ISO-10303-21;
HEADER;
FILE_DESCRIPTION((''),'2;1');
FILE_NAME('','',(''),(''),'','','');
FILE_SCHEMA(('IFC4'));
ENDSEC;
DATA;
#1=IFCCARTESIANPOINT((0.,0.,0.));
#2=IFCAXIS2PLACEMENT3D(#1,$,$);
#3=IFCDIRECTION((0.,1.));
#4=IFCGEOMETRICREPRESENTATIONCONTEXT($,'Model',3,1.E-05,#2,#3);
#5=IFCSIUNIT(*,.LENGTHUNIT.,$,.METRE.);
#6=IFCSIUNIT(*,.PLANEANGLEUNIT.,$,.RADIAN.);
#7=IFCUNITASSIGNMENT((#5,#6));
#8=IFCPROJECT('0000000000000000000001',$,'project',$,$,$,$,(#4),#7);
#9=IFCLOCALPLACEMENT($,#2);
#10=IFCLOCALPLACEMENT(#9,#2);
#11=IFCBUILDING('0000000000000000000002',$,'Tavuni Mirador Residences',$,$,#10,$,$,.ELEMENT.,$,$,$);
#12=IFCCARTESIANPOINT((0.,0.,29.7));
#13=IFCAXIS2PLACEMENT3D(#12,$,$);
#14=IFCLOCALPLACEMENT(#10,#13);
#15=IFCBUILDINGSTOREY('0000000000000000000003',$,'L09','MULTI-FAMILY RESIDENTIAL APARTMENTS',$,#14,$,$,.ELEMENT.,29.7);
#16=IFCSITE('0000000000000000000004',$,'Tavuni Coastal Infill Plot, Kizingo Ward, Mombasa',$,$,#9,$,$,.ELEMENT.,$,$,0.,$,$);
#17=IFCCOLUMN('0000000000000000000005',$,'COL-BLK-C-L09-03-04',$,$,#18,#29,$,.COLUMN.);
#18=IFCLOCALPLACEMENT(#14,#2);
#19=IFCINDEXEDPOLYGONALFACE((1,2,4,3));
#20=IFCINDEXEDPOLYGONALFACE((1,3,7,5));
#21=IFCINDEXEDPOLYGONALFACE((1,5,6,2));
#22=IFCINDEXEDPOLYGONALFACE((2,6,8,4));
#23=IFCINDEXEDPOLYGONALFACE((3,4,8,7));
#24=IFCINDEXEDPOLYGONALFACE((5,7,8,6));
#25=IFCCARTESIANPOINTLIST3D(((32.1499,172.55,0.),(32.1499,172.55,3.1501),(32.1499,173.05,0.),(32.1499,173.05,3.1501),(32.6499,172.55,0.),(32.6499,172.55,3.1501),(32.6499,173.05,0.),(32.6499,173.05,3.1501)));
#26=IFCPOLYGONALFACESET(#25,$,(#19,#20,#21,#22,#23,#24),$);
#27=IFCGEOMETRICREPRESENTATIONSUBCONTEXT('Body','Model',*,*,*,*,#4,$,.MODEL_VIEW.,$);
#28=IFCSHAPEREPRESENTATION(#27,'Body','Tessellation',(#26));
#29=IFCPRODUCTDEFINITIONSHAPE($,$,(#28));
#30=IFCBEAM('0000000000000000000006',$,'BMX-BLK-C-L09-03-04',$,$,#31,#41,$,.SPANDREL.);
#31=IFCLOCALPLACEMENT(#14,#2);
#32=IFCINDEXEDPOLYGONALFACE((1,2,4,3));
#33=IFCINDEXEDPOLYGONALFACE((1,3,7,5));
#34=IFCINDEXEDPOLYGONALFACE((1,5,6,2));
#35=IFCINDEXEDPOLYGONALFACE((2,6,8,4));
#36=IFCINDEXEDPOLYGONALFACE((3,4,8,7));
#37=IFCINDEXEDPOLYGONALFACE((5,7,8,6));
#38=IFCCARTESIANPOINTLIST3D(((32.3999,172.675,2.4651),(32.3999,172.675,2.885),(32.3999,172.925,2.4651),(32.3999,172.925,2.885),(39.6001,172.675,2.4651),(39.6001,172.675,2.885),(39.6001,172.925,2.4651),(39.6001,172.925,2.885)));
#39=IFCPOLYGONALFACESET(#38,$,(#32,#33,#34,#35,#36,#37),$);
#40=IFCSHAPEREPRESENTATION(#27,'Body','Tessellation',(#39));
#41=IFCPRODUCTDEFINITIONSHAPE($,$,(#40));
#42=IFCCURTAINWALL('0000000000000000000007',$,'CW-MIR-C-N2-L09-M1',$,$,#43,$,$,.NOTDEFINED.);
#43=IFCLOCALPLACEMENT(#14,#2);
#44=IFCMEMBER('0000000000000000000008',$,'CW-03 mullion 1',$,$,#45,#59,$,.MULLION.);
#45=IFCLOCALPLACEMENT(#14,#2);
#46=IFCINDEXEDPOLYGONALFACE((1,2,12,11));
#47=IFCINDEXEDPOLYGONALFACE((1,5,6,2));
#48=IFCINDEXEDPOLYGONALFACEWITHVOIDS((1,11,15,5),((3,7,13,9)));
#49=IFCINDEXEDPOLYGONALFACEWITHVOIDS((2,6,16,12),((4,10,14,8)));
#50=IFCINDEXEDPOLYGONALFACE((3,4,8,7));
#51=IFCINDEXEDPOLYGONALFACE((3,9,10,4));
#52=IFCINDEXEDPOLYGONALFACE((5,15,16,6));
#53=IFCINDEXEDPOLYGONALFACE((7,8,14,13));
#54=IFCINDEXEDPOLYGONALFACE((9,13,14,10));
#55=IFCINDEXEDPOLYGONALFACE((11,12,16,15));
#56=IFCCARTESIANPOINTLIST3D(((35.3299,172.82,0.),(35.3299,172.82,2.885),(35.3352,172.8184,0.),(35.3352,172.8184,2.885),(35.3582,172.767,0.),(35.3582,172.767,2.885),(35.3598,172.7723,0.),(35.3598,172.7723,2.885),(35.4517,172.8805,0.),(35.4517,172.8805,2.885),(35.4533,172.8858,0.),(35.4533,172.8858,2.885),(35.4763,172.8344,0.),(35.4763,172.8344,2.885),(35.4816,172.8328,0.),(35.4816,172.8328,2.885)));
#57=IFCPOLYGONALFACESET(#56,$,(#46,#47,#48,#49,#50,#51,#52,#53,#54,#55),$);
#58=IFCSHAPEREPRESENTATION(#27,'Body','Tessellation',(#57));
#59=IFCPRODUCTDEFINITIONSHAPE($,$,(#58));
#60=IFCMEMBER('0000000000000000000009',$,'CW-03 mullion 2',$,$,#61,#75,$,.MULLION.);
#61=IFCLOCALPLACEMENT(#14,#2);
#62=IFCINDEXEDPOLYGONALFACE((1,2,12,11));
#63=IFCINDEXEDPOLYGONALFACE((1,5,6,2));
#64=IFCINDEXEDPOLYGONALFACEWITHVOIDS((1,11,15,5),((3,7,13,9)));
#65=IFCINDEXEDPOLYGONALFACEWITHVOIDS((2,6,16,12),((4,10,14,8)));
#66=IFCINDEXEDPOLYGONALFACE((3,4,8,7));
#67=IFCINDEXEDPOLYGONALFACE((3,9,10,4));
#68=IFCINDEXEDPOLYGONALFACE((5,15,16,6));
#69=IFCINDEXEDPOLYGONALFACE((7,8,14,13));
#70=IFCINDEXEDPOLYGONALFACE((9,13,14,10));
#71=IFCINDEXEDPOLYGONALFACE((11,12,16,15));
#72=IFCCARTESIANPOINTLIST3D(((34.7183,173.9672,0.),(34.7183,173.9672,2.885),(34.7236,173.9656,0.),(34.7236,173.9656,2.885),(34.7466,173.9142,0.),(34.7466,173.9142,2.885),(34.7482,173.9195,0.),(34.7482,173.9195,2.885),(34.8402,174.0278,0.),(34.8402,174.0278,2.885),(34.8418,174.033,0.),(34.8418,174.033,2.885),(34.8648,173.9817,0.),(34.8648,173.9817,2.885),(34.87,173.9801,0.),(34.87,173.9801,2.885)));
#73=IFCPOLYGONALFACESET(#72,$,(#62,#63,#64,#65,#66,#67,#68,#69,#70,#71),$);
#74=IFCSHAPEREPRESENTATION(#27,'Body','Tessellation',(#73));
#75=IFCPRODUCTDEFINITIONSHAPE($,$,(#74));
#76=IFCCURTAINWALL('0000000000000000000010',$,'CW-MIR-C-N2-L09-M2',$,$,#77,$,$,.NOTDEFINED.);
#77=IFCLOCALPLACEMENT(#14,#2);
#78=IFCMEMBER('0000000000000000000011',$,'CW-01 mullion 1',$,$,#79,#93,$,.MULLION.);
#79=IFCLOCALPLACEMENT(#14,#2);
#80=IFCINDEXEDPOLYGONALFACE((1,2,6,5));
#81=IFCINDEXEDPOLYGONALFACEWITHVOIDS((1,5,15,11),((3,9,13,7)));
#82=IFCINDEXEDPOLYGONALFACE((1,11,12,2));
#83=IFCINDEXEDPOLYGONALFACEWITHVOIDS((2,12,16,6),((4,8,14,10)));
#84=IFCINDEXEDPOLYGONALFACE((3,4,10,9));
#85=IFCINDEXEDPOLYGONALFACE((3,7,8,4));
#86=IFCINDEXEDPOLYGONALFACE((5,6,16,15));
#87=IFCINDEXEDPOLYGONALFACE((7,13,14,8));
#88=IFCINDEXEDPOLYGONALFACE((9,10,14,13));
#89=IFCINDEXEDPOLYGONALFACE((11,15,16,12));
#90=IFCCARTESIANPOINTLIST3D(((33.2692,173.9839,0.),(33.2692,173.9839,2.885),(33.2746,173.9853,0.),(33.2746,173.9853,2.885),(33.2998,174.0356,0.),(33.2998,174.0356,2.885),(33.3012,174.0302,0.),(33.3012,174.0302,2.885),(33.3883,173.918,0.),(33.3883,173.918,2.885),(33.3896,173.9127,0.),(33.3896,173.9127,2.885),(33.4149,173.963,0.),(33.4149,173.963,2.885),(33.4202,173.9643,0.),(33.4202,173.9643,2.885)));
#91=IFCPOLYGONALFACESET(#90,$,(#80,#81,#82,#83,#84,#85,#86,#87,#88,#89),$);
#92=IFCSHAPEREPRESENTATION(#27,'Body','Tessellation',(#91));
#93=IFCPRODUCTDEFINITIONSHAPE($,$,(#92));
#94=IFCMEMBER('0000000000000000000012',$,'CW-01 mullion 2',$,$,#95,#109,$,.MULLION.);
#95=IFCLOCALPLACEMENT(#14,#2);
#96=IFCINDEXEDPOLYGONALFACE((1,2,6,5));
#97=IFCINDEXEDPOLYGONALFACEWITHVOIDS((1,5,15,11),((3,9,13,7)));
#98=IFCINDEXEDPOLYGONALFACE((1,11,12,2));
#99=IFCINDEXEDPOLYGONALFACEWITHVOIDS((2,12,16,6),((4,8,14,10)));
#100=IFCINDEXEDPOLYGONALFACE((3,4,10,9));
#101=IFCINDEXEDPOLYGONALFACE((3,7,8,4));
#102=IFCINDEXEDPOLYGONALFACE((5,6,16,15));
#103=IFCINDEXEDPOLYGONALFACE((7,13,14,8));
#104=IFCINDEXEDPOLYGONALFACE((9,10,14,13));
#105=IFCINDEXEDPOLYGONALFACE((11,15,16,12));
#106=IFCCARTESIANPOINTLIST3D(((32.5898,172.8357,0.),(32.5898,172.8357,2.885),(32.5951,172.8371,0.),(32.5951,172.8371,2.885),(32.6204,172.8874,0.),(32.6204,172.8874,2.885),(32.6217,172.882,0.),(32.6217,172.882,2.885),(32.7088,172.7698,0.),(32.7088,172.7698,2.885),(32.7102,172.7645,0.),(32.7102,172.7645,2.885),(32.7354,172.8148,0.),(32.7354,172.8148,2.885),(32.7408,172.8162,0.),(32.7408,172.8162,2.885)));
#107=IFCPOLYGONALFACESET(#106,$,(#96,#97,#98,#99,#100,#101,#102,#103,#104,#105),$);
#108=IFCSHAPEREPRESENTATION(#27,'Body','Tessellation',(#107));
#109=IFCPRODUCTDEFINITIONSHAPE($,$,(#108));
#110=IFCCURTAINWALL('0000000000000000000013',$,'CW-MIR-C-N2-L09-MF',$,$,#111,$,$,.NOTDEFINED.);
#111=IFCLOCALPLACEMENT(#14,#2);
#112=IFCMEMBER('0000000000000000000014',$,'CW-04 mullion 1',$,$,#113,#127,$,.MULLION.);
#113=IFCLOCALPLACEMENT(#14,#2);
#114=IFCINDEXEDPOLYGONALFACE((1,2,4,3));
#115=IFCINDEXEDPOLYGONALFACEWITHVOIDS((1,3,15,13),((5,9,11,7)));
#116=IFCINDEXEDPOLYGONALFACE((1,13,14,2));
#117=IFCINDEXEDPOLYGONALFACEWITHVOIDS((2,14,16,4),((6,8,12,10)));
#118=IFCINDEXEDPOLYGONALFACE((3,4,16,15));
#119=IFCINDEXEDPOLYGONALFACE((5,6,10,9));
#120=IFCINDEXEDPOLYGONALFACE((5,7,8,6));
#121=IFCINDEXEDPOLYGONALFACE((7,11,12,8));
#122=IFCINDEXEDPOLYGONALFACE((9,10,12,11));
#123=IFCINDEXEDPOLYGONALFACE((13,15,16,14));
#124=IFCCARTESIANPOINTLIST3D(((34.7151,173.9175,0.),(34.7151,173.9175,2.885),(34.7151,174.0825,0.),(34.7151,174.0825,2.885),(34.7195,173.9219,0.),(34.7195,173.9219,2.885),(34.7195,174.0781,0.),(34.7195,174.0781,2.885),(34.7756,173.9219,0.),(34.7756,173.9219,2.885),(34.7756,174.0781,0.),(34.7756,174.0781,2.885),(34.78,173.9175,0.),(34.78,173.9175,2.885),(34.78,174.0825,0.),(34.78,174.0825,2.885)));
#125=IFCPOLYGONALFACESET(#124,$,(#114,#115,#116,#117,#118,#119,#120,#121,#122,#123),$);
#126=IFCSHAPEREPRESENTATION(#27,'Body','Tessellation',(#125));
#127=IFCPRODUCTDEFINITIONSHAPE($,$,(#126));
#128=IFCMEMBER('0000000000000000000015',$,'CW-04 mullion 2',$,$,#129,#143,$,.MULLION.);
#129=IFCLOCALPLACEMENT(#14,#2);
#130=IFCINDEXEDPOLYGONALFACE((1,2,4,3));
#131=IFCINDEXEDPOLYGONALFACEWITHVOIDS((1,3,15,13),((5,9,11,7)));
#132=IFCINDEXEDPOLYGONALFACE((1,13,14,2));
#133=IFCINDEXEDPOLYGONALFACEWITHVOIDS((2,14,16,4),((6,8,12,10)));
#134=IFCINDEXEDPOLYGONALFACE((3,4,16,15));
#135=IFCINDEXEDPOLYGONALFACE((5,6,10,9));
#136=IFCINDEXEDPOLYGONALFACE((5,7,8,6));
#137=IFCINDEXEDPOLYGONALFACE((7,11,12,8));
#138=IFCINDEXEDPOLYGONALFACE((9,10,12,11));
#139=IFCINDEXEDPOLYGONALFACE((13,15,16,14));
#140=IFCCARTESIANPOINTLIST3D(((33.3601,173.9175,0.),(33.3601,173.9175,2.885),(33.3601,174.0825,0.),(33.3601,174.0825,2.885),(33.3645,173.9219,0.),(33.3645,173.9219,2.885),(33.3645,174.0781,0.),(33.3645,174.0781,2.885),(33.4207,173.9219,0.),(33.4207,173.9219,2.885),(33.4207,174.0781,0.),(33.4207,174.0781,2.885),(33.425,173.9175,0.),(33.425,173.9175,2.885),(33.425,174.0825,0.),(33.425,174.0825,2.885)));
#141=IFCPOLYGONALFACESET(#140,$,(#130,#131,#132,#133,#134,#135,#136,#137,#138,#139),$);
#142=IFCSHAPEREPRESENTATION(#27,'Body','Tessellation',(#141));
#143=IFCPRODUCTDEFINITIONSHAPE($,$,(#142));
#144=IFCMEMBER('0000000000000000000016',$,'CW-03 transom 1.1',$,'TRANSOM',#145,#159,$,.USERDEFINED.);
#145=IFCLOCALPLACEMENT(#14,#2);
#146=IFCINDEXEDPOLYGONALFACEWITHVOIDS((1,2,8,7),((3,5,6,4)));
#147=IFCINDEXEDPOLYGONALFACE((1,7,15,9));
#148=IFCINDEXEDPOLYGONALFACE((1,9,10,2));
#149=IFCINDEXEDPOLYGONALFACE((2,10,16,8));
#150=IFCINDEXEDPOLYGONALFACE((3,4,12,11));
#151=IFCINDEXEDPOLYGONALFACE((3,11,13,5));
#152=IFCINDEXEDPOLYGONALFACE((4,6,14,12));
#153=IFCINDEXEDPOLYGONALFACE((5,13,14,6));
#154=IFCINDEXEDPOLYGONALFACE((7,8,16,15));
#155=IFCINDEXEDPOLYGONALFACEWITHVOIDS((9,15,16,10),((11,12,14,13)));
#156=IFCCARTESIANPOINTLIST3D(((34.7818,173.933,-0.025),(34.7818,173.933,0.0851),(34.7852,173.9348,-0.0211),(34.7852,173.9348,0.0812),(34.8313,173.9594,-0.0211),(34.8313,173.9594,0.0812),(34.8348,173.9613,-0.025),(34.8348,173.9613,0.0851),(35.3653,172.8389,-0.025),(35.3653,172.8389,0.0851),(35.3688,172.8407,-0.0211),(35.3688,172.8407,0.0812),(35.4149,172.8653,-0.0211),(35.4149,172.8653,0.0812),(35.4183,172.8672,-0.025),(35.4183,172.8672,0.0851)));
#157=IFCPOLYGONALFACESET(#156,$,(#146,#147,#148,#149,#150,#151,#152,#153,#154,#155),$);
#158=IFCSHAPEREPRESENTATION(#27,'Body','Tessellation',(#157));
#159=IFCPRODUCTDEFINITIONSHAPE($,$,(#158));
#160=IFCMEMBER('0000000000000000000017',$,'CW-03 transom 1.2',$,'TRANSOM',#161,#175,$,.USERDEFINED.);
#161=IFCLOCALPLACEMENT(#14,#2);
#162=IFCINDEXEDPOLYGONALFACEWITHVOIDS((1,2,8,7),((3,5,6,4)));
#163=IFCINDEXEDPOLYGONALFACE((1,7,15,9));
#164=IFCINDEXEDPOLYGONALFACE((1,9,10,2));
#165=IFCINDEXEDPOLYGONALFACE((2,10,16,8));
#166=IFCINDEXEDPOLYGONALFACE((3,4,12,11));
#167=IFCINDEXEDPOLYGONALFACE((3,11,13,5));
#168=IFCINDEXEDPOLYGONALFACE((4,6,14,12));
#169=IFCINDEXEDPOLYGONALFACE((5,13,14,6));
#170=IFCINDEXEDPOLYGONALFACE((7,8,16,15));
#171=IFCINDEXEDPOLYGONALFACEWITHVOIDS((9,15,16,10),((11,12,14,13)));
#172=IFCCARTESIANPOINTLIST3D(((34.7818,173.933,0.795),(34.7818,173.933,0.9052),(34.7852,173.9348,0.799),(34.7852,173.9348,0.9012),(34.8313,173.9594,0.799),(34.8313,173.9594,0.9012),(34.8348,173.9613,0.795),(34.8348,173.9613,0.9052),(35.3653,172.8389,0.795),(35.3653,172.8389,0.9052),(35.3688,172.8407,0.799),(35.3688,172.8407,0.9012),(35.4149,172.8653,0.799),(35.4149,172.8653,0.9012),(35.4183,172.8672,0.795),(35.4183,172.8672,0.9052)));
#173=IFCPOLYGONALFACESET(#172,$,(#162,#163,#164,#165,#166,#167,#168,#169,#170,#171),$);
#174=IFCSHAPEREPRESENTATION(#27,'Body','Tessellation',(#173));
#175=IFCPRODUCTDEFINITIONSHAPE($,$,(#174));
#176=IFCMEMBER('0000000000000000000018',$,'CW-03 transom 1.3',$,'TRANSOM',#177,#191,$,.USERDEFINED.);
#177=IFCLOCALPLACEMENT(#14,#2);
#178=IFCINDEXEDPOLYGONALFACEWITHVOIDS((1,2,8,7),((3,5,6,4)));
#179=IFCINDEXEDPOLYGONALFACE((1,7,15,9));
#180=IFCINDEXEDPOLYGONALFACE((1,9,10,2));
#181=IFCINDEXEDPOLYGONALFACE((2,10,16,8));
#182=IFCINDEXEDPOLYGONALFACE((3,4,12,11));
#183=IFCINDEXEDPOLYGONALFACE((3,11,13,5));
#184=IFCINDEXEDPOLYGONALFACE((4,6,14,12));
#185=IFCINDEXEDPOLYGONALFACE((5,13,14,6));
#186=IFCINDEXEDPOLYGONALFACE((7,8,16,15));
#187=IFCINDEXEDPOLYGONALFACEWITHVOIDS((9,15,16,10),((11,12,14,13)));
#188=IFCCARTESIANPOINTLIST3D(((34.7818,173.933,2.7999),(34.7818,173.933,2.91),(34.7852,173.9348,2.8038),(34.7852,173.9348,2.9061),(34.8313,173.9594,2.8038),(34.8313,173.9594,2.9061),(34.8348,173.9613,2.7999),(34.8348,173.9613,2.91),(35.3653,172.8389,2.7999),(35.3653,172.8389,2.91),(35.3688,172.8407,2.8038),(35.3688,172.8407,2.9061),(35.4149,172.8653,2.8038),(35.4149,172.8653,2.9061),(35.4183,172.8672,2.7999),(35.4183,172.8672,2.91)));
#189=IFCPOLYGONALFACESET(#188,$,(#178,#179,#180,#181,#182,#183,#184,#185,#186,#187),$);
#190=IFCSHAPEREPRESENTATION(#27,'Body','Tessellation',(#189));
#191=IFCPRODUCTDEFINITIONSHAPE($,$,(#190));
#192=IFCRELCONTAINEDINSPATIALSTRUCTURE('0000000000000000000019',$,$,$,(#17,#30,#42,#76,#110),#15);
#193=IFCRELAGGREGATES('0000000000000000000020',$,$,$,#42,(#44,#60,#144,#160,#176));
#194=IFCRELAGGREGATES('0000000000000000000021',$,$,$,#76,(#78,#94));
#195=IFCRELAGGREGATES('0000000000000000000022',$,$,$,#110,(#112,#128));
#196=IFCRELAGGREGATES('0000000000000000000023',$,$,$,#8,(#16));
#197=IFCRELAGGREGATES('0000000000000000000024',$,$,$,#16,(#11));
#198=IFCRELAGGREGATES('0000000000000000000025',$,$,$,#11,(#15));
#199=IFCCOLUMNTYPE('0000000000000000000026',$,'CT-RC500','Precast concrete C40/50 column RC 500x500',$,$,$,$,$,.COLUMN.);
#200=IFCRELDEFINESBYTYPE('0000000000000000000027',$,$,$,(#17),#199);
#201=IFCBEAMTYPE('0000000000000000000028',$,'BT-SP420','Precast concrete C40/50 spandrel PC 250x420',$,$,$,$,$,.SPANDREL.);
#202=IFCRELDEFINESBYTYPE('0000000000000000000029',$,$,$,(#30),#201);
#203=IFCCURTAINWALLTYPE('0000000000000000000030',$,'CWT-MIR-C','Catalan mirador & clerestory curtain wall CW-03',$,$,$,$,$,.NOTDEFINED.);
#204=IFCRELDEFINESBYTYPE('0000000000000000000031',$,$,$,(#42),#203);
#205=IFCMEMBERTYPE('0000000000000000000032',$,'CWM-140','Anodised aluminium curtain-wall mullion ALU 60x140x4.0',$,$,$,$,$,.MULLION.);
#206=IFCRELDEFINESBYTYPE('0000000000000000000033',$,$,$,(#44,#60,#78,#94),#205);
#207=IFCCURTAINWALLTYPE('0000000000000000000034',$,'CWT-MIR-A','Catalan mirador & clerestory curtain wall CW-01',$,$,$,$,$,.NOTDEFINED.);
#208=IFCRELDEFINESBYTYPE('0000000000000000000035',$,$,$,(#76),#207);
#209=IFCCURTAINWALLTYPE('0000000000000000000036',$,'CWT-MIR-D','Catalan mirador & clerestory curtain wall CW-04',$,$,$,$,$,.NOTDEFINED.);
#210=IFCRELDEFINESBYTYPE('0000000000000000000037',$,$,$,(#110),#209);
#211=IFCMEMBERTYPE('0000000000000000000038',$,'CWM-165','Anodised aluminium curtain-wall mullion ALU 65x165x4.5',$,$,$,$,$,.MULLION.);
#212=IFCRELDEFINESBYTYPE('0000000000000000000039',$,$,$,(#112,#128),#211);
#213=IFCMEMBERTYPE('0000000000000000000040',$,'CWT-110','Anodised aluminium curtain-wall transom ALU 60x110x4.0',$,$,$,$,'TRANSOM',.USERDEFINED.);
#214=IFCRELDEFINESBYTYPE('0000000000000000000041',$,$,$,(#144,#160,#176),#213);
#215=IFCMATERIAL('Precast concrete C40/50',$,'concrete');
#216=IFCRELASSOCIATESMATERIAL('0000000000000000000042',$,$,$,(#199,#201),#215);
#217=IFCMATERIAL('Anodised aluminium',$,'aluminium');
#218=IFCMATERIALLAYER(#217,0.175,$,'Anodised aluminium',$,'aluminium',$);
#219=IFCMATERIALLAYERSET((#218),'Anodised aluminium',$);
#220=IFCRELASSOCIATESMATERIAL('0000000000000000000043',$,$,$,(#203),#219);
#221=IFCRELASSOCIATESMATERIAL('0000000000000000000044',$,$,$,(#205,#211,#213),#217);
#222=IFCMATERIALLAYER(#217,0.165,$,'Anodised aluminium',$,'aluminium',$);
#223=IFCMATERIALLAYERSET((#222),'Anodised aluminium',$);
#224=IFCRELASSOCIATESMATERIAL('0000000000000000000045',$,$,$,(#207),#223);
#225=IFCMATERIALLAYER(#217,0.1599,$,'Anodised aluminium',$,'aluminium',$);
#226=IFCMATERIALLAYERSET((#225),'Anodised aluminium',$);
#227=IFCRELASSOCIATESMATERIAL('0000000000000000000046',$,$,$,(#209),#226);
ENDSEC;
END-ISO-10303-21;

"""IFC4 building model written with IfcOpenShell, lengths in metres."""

from ifc_helpers import new_model, si_unit, direction, frame, origin, origin_2d, place, context, subcontext, project, spatial, rectangle, hollow_rectangle, extrude, material, layer, layer_set, material_profile, profile_set, type_object, element, aggregate, save


model = new_model("IFC4")

# Units and contexts
model_context = context("Model", 3, precision=1e-05, world=origin(), true_north=direction((0.0, 1.0)))
body_context = subcontext(model_context, "Body", "Model", "MODEL_VIEW")
ifc_project = project(units=[si_unit("LENGTHUNIT", "METRE"), si_unit("PLANEANGLEUNIT", "RADIAN")], contexts=[model_context])

# Site, building, storey
site_placement = place(None, origin())
site = spatial("IfcSite", under=ifc_project, at=site_placement, Name="Tavuni Coastal Infill Plot, Kizingo Ward, Mombasa", CompositionType="ELEMENT", RefElevation=0.0)
building_placement = place(site_placement, origin())
building = spatial("IfcBuilding", under=site, at=building_placement, Name="Tavuni Mirador Residences", CompositionType="ELEMENT")
storey_placement = place(building_placement, frame((0.0, 0.0, 29.7)))
storey = spatial("IfcBuildingStorey", under=building, at=storey_placement, Name="L09", Description="MULTI-FAMILY RESIDENTIAL APARTMENTS", CompositionType="ELEMENT", Elevation=29.7)

# Column
ifc_material_1 = material(Name="Precast concrete C40/50", Category="concrete")
ifc_material_profile_1 = material_profile(ifc_material_1, rectangle(XDim=0.5, YDim=0.5, at=origin_2d()), Name="RC 500x500", Category="concrete")
ifc_profile_set_1 = profile_set([ifc_material_profile_1], Name="Precast concrete C40/50")
column_type = type_object("IfcColumnType", Name="CT-RC500", Description="Precast concrete C40/50 column RC 500x500", PredefinedType="COLUMN", material=ifc_profile_set_1)
column_placement = place(storey_placement, frame((32.3999, 172.8, 0.0), z_axis=(0.0, 0.0, 1.0), x_axis=(1.0, 0.0, 0.0)))
element("IfcColumn", 1, at=column_placement, inside=storey, type_object=column_type, Name="COL-BLK-C-L09-03-04", PredefinedType="COLUMN", context=body_context, shape_type="SweptSolid", body=[
    extrude(rectangle(XDim=0.5, YDim=0.5, at=origin_2d()), origin(), (0.0, 0.0, 1.0), 3.1501),
])

# Beam
ifc_material_profile_2 = material_profile(ifc_material_1, rectangle(XDim=0.25, YDim=0.4199, at=origin_2d()), Name="PC 250x420", Category="concrete")
ifc_profile_set_2 = profile_set([ifc_material_profile_2], Name="Precast concrete C40/50")
beam_type = type_object("IfcBeamType", Name="BT-SP420", Description="Precast concrete C40/50 spandrel PC 250x420", PredefinedType="SPANDREL", material=ifc_profile_set_2)
beam_placement = place(storey_placement, frame((32.3999, 172.8, 2.675), z_axis=(1.0, 0.0, 0.0), x_axis=(0.0, 1.0, 0.0)))
element("IfcBeam", 2, at=beam_placement, inside=storey, type_object=beam_type, Name="BMX-BLK-C-L09-03-04", PredefinedType="SPANDREL", context=body_context, shape_type="SweptSolid", body=[
    extrude(rectangle(XDim=0.25, YDim=0.4199, at=origin_2d()), origin(), (0.0, 0.0, 1.0), 7.2002),
])

# Curtain walls, members
ifc_material_2 = material(Name="Anodised aluminium", Category="aluminium")
ifc_layer_1 = layer(ifc_material_2, 0.175, Name="Anodised aluminium", Category="aluminium")
ifc_layer_set_1 = layer_set([ifc_layer_1], Name="Anodised aluminium")
curtain_wall_type_1 = type_object("IfcCurtainWallType", Name="CWT-MIR-C", Description="Catalan mirador & clerestory curtain wall CW-03", PredefinedType="NOTDEFINED", material=ifc_layer_set_1)
curtain_wall_1_placement = place(storey_placement, origin())
curtain_wall_1 = element("IfcCurtainWall", 3, at=curtain_wall_1_placement, inside=storey, type_object=curtain_wall_type_1, Name="CW-MIR-C-N2-L09-M1", PredefinedType="NOTDEFINED")
ifc_material_profile_3 = material_profile(ifc_material_2, hollow_rectangle(XDim=0.0601, YDim=0.1399, WallThickness=0.0039, at=origin_2d()), Name="ALU 60x140x4.0", Category="aluminium")
ifc_profile_set_3 = profile_set([ifc_material_profile_3], Name="Anodised aluminium")
member_type_1 = type_object("IfcMemberType", Name="CWM-140", Description="Anodised aluminium curtain-wall mullion ALU 60x140x4.0", PredefinedType="MULLION", material=ifc_profile_set_3)
member_1_placement = place(storey_placement, frame((35.4058, 172.8264, 0.0), z_axis=(0.0, 0.0, 1.0), x_axis=(-0.470588, 0.882353, 0.0)))
member_1 = element("IfcMember", 4, at=member_1_placement, type_object=member_type_1, Name="CW-03 mullion 1", PredefinedType="MULLION", context=body_context, shape_type="SweptSolid", body=[
    extrude(hollow_rectangle(XDim=0.0601, YDim=0.1399, WallThickness=0.0039, at=origin_2d()), origin(), (0.0, 0.0, 1.0), 2.885),
])
member_2_placement = place(storey_placement, frame((34.7942, 173.9736, 0.0), z_axis=(0.0, 0.0, 1.0), x_axis=(-0.470588, 0.882353, 0.0)))
member_2 = element("IfcMember", 5, at=member_2_placement, type_object=member_type_1, Name="CW-03 mullion 2", PredefinedType="MULLION", context=body_context, shape_type="SweptSolid", body=[
    extrude(hollow_rectangle(XDim=0.0601, YDim=0.1399, WallThickness=0.0039, at=origin_2d()), origin(), (0.0, 0.0, 1.0), 2.885),
])
ifc_layer_2 = layer(ifc_material_2, 0.165, Name="Anodised aluminium", Category="aluminium")
ifc_layer_set_2 = layer_set([ifc_layer_2], Name="Anodised aluminium")
curtain_wall_type_2 = type_object("IfcCurtainWallType", Name="CWT-MIR-A", Description="Catalan mirador & clerestory curtain wall CW-01", PredefinedType="NOTDEFINED", material=ifc_layer_set_2)
curtain_wall_2_placement = place(storey_placement, origin())
curtain_wall_2 = element("IfcCurtainWall", 6, at=curtain_wall_2_placement, inside=storey, type_object=curtain_wall_type_2, Name="CW-MIR-C-N2-L09-M2", PredefinedType="NOTDEFINED")
member_3_placement = place(storey_placement, frame((33.3447, 173.9741, 0.0), z_axis=(0.0, 0.0, 1.0), x_axis=(-0.509212, -0.860641, 0.0)))
member_3 = element("IfcMember", 7, at=member_3_placement, type_object=member_type_1, Name="CW-01 mullion 1", PredefinedType="MULLION", context=body_context, shape_type="SweptSolid", body=[
    extrude(hollow_rectangle(XDim=0.0601, YDim=0.1399, WallThickness=0.0039, at=origin_2d()), origin(), (0.0, 0.0, 1.0), 2.885),
])
member_4_placement = place(storey_placement, frame((32.6653, 172.8259, 0.0), z_axis=(0.0, 0.0, 1.0), x_axis=(-0.509212, -0.860641, 0.0)))
member_4 = element("IfcMember", 8, at=member_4_placement, type_object=member_type_1, Name="CW-01 mullion 2", PredefinedType="MULLION", context=body_context, shape_type="SweptSolid", body=[
    extrude(hollow_rectangle(XDim=0.0601, YDim=0.1399, WallThickness=0.0039, at=origin_2d()), origin(), (0.0, 0.0, 1.0), 2.885),
])
ifc_layer_3 = layer(ifc_material_2, 0.1599, Name="Anodised aluminium", Category="aluminium")
ifc_layer_set_3 = layer_set([ifc_layer_3], Name="Anodised aluminium")
curtain_wall_type_3 = type_object("IfcCurtainWallType", Name="CWT-MIR-D", Description="Catalan mirador & clerestory curtain wall CW-04", PredefinedType="NOTDEFINED", material=ifc_layer_set_3)
curtain_wall_3_placement = place(storey_placement, origin())
curtain_wall_3 = element("IfcCurtainWall", 9, at=curtain_wall_3_placement, inside=storey, type_object=curtain_wall_type_3, Name="CW-MIR-C-N2-L09-MF", PredefinedType="NOTDEFINED")
ifc_material_profile_4 = material_profile(ifc_material_2, hollow_rectangle(XDim=0.0649, YDim=0.165, WallThickness=0.0044, at=origin_2d()), Name="ALU 65x165x4.5", Category="aluminium")
ifc_profile_set_4 = profile_set([ifc_material_profile_4], Name="Anodised aluminium")
member_type_2 = type_object("IfcMemberType", Name="CWM-165", Description="Anodised aluminium curtain-wall mullion ALU 65x165x4.5", PredefinedType="MULLION", material=ifc_profile_set_4)
member_5_placement = place(storey_placement, frame((34.7476, 174.0, 0.0), z_axis=(0.0, 0.0, 1.0), x_axis=(-1.0, 0.0, 0.0)))
member_5 = element("IfcMember", 10, at=member_5_placement, type_object=member_type_2, Name="CW-04 mullion 1", PredefinedType="MULLION", context=body_context, shape_type="SweptSolid", body=[
    extrude(hollow_rectangle(XDim=0.0649, YDim=0.165, WallThickness=0.0044, at=origin_2d()), origin(), (0.0, 0.0, 1.0), 2.885),
])
member_6_placement = place(storey_placement, frame((33.3926, 174.0, 0.0), z_axis=(0.0, 0.0, 1.0), x_axis=(-1.0, 0.0, 0.0)))
member_6 = element("IfcMember", 11, at=member_6_placement, type_object=member_type_2, Name="CW-04 mullion 2", PredefinedType="MULLION", context=body_context, shape_type="SweptSolid", body=[
    extrude(hollow_rectangle(XDim=0.0649, YDim=0.165, WallThickness=0.0044, at=origin_2d()), origin(), (0.0, 0.0, 1.0), 2.885),
])

# Members
ifc_material_profile_5 = material_profile(ifc_material_2, hollow_rectangle(XDim=0.0601, YDim=0.1101, WallThickness=0.0039, at=origin_2d()), Name="ALU 60x110x4.0", Category="aluminium")
ifc_profile_set_5 = profile_set([ifc_material_profile_5], Name="Anodised aluminium")
member_type_3 = type_object("IfcMemberType", Name="CWT-110", Description="Anodised aluminium curtain-wall transom ALU 60x110x4.0", ElementType="TRANSOM", PredefinedType="USERDEFINED", material=ifc_profile_set_5)
member_7_placement = place(storey_placement, frame((35.3918, 172.853, 0.03), z_axis=(-0.470609, 0.882342, 0.0), x_axis=(-0.882342, -0.470609, 0.0)))
member_7 = element("IfcMember", 12, at=member_7_placement, type_object=member_type_3, Name="CW-03 transom 1.1", ObjectType="TRANSOM", PredefinedType="USERDEFINED", context=body_context, shape_type="SweptSolid", body=[
    extrude(hollow_rectangle(XDim=0.0601, YDim=0.1101, WallThickness=0.0039, at=origin_2d()), origin(), (0.0, 0.0, 1.0), 1.24),
])
member_8_placement = place(storey_placement, frame((35.3918, 172.853, 0.8501), z_axis=(-0.470609, 0.882342, 0.0), x_axis=(-0.882342, -0.470609, 0.0)))
member_8 = element("IfcMember", 13, at=member_8_placement, type_object=member_type_3, Name="CW-03 transom 1.2", ObjectType="TRANSOM", PredefinedType="USERDEFINED", context=body_context, shape_type="SweptSolid", body=[
    extrude(hollow_rectangle(XDim=0.0601, YDim=0.1101, WallThickness=0.0039, at=origin_2d()), origin(), (0.0, 0.0, 1.0), 1.24),
])
member_9_placement = place(storey_placement, frame((35.3918, 172.853, 2.855), z_axis=(-0.470609, 0.882342, 0.0), x_axis=(-0.882342, -0.470609, 0.0)))
member_9 = element("IfcMember", 14, at=member_9_placement, type_object=member_type_3, Name="CW-03 transom 1.3", ObjectType="TRANSOM", PredefinedType="USERDEFINED", context=body_context, shape_type="SweptSolid", body=[
    extrude(hollow_rectangle(XDim=0.0601, YDim=0.1101, WallThickness=0.0039, at=origin_2d()), origin(), (0.0, 0.0, 1.0), 1.24),
])

aggregate(curtain_wall_1, [member_1, member_2, member_7, member_8, member_9])
aggregate(curtain_wall_2, [member_3, member_4])
aggregate(curtain_wall_3, [member_5, member_6])

save(model, "model.ifc")
